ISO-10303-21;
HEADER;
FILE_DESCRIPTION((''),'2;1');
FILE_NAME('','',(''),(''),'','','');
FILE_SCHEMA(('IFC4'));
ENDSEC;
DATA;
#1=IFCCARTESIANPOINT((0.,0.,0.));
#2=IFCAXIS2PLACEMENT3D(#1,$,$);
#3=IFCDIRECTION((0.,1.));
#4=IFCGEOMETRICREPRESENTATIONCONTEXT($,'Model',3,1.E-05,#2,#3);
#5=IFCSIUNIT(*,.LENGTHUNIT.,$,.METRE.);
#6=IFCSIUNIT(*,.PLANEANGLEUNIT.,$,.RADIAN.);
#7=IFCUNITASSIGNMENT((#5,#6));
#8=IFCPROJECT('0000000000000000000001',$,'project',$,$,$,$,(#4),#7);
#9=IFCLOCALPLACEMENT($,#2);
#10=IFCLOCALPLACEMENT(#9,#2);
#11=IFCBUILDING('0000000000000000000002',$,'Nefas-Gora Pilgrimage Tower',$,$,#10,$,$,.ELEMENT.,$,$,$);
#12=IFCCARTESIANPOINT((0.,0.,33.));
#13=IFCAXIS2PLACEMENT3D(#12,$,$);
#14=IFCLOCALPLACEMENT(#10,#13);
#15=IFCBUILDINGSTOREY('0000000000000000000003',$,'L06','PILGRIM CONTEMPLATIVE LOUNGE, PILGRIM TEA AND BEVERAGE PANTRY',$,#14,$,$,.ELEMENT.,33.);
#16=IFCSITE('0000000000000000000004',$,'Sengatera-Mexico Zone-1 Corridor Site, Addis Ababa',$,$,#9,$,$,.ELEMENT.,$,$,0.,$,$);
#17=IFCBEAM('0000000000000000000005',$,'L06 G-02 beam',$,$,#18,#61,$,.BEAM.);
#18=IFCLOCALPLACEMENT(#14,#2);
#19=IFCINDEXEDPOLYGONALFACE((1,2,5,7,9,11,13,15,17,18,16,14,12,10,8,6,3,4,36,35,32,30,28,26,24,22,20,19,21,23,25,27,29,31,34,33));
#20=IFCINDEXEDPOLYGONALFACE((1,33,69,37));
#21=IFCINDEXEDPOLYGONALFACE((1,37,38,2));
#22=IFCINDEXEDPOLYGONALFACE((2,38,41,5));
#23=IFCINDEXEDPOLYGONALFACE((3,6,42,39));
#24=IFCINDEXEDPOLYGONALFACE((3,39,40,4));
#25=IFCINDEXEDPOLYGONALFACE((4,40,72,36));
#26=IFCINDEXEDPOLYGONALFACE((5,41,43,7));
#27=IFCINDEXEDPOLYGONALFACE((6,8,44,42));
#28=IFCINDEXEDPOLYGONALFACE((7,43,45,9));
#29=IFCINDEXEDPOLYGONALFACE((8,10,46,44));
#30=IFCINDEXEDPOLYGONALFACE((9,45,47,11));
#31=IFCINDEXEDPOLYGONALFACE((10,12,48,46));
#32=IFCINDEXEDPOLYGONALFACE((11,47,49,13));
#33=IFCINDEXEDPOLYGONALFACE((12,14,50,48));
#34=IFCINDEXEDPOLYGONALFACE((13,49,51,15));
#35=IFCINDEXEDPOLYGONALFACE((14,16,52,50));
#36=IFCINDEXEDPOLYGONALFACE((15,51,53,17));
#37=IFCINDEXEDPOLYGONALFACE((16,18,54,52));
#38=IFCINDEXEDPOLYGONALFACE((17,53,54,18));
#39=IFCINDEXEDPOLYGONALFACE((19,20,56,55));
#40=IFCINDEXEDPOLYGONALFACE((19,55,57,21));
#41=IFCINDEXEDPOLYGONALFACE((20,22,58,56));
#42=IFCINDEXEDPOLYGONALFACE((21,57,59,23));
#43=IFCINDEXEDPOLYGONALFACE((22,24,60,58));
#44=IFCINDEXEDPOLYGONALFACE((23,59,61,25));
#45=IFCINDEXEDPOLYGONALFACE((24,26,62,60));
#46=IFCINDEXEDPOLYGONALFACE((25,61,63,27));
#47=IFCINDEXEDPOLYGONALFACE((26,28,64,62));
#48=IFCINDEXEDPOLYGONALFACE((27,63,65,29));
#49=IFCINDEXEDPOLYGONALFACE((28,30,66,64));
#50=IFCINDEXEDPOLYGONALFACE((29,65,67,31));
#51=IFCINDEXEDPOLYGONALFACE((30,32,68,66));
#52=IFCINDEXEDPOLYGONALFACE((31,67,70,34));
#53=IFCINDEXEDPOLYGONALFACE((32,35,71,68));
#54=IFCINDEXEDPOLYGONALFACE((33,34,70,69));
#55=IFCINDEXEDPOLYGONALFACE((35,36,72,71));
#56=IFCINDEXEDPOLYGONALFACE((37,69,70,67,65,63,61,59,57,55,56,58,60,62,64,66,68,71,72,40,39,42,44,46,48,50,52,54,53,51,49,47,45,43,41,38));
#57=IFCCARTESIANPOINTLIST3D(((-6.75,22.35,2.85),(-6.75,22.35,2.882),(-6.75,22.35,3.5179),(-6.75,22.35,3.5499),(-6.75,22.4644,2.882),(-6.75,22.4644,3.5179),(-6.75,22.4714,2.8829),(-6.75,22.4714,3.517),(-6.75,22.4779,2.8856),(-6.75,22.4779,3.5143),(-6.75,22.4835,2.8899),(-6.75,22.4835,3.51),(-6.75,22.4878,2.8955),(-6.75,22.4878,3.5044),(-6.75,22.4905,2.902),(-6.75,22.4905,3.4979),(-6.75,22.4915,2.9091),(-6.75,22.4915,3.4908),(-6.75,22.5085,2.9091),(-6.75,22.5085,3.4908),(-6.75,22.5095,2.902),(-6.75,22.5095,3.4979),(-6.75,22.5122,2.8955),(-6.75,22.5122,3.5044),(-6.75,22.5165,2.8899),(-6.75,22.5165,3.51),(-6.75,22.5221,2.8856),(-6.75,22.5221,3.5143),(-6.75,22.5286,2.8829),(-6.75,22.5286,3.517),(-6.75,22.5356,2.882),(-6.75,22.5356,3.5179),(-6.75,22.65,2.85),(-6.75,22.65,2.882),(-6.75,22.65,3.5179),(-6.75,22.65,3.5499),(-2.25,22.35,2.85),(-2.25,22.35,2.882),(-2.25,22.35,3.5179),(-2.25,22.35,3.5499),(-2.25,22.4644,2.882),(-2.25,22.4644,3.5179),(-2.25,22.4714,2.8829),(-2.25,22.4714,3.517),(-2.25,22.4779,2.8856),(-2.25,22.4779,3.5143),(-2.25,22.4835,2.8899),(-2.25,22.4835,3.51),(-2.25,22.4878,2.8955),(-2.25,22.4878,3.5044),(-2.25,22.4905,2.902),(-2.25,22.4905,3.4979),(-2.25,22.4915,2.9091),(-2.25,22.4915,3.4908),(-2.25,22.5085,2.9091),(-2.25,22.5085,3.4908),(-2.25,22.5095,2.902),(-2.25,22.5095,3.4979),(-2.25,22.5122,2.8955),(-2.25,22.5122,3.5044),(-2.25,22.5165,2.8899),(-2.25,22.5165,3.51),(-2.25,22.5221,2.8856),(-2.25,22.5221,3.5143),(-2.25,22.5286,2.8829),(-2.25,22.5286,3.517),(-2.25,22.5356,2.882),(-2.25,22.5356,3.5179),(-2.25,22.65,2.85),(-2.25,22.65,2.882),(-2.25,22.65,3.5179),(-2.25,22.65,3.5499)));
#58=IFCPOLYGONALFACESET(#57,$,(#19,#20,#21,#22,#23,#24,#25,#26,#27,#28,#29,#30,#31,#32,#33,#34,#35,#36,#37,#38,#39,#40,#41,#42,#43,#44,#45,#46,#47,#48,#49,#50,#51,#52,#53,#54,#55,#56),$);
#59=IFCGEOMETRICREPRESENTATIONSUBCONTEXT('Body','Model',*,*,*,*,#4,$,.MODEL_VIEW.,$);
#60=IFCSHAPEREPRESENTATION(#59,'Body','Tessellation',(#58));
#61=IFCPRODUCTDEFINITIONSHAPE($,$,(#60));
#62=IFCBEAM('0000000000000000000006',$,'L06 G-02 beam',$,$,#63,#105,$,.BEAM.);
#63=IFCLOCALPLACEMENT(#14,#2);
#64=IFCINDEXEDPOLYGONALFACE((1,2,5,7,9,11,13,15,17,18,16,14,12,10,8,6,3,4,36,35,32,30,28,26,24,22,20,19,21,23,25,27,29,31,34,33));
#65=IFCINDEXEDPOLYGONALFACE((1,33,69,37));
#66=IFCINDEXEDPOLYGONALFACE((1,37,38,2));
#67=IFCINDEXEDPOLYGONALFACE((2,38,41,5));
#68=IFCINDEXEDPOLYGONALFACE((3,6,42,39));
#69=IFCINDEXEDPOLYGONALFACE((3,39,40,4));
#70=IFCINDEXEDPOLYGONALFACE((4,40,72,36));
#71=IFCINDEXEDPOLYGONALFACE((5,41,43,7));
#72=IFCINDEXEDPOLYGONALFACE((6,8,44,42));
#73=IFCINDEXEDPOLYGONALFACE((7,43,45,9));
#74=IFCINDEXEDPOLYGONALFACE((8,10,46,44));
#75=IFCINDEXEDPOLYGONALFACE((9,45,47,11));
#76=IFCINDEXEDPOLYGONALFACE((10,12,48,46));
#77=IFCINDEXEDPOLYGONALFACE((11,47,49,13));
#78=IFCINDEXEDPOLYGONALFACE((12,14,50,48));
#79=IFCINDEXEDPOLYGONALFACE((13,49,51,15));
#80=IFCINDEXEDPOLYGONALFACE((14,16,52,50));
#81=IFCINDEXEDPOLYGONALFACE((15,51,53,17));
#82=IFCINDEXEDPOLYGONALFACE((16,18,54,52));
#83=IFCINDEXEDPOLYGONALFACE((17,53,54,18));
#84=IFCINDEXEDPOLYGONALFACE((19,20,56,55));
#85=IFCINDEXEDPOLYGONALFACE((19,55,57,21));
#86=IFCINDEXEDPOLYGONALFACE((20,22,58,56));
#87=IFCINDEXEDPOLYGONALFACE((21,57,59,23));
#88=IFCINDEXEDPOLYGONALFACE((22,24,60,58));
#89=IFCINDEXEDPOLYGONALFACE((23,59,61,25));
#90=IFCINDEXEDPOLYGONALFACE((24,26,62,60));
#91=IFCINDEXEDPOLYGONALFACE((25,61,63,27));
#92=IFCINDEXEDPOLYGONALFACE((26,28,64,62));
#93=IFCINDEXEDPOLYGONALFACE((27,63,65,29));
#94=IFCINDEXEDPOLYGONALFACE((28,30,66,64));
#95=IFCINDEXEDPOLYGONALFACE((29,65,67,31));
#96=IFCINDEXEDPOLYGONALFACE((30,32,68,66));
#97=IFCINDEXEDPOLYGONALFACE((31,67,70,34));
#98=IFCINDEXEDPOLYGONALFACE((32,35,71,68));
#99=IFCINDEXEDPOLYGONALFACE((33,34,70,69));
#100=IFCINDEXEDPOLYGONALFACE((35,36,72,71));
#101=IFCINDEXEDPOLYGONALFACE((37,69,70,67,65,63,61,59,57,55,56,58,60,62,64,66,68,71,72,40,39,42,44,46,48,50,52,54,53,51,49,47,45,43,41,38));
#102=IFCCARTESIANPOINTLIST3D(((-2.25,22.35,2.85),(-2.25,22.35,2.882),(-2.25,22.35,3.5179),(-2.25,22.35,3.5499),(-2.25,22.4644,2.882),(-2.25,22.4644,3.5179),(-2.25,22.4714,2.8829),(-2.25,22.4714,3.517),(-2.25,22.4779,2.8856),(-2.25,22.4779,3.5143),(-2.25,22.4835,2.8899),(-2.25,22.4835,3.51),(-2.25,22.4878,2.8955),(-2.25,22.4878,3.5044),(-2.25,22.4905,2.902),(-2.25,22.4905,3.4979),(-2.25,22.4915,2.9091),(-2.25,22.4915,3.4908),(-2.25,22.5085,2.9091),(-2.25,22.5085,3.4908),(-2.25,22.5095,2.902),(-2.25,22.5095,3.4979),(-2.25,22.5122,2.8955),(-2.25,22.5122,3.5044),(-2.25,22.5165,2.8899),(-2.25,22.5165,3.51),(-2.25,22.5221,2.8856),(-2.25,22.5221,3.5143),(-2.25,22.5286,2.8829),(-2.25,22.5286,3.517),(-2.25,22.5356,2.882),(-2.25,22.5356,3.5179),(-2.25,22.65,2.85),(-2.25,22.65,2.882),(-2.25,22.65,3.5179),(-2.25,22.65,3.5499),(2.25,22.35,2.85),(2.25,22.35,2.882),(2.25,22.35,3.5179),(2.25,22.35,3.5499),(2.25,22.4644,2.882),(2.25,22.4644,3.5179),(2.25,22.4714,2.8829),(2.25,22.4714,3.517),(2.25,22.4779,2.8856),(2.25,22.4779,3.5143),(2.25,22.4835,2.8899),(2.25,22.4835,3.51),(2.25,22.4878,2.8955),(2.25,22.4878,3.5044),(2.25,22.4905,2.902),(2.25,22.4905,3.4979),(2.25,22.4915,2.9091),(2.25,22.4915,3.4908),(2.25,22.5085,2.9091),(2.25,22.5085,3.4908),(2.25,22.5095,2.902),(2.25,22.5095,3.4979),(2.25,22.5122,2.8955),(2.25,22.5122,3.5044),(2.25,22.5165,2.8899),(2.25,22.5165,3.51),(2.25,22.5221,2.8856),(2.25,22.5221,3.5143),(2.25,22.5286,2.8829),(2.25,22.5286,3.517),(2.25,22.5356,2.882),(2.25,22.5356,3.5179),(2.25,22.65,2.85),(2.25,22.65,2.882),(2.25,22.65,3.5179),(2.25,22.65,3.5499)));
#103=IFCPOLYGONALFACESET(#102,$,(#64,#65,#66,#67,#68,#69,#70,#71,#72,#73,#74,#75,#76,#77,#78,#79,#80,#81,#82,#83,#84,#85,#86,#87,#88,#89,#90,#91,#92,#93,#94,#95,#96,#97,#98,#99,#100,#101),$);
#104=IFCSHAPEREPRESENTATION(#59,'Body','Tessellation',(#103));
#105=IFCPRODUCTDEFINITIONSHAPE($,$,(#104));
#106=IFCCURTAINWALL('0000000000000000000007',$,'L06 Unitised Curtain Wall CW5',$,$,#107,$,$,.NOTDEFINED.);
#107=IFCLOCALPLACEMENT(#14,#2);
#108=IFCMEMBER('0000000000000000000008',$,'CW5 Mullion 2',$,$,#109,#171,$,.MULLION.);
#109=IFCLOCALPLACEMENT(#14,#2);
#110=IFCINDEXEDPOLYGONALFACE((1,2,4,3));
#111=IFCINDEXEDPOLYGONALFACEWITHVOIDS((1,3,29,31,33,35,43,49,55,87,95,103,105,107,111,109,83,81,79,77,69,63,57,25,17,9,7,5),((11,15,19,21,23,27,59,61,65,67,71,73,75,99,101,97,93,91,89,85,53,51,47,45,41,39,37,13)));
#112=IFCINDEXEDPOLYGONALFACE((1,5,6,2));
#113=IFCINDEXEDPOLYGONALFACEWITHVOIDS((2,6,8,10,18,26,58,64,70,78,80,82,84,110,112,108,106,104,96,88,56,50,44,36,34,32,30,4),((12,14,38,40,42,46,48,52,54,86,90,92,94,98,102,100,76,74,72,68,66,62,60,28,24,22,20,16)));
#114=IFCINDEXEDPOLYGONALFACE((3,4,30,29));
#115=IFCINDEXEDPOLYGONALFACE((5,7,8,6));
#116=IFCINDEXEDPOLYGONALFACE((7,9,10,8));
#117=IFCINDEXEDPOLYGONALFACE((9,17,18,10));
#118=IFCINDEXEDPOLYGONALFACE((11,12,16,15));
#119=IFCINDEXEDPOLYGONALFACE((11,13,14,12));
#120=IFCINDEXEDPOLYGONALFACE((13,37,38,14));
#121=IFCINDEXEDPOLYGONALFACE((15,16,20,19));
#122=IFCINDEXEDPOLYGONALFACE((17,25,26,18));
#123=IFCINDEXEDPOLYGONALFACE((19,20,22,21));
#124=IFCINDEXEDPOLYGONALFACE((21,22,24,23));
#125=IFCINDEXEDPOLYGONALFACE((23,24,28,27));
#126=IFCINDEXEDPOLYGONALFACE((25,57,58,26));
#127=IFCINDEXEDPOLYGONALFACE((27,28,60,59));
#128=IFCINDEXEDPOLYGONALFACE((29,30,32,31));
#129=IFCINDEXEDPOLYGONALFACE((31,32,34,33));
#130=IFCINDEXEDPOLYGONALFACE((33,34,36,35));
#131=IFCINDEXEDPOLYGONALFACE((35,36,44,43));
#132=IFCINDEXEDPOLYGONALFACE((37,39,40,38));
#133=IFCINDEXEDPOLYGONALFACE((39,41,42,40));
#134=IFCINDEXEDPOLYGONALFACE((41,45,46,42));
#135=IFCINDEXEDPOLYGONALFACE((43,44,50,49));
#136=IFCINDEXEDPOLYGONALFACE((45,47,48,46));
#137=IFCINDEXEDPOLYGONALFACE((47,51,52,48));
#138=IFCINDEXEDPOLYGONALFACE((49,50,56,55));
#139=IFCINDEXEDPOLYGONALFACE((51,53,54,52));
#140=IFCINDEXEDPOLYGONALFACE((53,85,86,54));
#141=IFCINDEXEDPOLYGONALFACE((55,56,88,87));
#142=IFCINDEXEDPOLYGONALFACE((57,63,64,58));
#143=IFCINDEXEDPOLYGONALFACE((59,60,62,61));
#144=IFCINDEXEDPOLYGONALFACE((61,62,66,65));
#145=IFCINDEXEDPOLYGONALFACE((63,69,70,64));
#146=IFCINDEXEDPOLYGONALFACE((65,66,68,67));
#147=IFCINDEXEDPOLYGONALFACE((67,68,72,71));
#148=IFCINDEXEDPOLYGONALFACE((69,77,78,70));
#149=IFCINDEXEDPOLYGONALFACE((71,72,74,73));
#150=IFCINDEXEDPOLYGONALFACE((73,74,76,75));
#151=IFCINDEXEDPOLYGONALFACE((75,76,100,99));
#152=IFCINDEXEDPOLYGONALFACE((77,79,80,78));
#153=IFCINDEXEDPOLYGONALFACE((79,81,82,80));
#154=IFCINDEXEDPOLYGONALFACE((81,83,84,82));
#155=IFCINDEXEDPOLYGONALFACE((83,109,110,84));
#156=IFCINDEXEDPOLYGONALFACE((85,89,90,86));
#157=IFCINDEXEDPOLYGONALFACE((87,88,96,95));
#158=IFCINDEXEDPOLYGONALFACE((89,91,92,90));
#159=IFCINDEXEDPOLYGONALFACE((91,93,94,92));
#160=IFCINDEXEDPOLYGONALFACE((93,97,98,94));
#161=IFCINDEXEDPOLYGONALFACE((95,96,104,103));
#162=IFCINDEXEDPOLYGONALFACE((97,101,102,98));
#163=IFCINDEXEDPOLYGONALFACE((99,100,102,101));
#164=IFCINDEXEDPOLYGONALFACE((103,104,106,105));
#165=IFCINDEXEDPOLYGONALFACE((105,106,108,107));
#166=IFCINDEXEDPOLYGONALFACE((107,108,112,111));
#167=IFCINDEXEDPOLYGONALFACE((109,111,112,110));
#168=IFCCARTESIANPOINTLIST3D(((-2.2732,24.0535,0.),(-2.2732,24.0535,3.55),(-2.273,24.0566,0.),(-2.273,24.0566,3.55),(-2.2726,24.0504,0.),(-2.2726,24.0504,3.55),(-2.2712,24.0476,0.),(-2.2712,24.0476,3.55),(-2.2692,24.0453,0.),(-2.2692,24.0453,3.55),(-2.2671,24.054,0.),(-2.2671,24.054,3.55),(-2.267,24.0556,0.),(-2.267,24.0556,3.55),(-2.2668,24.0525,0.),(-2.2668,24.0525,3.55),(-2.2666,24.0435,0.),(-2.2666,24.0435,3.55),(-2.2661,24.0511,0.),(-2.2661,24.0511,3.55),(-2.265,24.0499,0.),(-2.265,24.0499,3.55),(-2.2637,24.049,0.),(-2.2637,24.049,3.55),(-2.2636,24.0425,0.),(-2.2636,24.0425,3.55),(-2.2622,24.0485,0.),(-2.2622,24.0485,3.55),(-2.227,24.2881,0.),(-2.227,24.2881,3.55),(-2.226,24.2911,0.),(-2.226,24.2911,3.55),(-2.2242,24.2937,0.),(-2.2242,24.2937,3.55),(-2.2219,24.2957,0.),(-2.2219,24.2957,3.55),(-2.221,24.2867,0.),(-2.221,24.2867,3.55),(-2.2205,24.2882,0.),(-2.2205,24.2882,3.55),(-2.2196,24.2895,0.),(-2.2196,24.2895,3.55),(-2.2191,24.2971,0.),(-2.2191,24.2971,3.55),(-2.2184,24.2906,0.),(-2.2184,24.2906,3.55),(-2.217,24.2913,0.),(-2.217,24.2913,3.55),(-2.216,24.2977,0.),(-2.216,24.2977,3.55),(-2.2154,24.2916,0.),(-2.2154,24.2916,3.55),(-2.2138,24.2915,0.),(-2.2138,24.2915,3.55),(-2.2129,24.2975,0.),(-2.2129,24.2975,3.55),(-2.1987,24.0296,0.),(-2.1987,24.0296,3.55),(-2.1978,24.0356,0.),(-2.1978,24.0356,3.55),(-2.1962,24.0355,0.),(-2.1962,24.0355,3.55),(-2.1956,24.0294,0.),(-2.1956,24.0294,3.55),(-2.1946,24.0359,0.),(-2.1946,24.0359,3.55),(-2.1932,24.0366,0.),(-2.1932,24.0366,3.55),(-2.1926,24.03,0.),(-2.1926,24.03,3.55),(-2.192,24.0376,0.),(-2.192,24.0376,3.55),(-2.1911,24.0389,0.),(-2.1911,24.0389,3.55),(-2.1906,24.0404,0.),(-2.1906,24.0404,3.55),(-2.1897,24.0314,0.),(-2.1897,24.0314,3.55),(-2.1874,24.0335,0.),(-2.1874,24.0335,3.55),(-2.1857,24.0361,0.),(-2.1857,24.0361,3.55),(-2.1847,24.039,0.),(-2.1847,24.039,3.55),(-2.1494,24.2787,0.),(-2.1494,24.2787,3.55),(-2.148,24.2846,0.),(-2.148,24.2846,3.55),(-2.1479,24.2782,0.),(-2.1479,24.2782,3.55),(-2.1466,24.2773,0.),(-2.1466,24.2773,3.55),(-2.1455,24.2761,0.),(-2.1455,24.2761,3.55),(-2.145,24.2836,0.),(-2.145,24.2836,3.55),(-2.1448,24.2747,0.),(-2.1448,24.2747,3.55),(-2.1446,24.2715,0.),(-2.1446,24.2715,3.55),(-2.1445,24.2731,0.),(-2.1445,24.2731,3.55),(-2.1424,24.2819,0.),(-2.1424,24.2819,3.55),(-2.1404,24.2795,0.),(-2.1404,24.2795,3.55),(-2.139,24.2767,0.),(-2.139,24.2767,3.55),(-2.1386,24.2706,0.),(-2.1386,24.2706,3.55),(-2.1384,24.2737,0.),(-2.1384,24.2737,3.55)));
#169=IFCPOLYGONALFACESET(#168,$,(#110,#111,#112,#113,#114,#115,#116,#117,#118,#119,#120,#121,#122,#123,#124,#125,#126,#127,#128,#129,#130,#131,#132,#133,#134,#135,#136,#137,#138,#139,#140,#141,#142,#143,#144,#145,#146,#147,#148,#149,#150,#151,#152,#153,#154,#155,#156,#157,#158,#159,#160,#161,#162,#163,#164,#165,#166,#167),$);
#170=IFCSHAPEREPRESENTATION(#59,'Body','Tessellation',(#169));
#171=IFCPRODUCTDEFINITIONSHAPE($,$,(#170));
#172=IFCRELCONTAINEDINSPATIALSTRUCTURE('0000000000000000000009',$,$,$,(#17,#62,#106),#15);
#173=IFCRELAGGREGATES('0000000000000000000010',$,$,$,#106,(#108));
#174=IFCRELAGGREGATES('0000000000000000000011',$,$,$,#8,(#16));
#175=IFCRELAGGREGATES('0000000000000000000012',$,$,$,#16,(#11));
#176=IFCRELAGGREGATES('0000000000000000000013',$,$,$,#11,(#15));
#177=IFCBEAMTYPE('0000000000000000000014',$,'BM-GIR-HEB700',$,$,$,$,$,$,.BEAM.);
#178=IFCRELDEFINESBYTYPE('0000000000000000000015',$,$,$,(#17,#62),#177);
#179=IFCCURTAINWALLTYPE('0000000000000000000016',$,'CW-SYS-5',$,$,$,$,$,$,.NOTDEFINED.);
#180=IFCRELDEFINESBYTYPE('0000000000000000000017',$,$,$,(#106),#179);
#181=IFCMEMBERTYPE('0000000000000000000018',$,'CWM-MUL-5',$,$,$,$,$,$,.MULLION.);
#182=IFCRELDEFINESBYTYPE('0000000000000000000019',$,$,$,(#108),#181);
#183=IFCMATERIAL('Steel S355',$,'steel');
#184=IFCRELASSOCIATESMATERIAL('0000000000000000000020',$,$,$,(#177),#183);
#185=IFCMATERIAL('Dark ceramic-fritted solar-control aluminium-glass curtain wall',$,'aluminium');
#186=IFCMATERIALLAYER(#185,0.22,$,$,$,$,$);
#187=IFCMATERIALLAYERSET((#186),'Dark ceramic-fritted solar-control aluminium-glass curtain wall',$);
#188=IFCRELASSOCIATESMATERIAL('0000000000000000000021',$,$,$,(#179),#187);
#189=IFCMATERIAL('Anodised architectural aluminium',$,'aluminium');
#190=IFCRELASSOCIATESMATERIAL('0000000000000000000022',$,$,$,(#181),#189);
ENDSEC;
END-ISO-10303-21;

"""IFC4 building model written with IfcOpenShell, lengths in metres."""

from ifc_helpers import new_model, si_unit, direction, frame, origin, origin_2d, place, context, subcontext, project, spatial, hollow_rectangle, i_section, extrude, source, transform, mapped, material, layer, layer_set, material_profile, profile_set, type_object, element, aggregate, save


model = new_model("IFC4")

# Units and contexts
model_context = context("Model", 3, precision=1e-05, world=origin(), true_north=direction((0.0, 1.0)))
body_context = subcontext(model_context, "Body", "Model", "MODEL_VIEW")
ifc_project = project(units=[si_unit("LENGTHUNIT", "METRE"), si_unit("PLANEANGLEUNIT", "RADIAN")], contexts=[model_context])

# Site, building, storey
site_placement = place(None, origin())
site = spatial("IfcSite", under=ifc_project, at=site_placement, Name="Sengatera-Mexico Zone-1 Corridor Site, Addis Ababa", CompositionType="ELEMENT", RefElevation=0.0)
building_placement = place(site_placement, origin())
building = spatial("IfcBuilding", under=site, at=building_placement, Name="Nefas-Gora Pilgrimage Tower", CompositionType="ELEMENT")
storey_placement = place(building_placement, frame((0.0, 0.0, 33.0)))
storey = spatial("IfcBuildingStorey", under=building, at=storey_placement, Name="L06", Description="PILGRIM CONTEMPLATIVE LOUNGE, PILGRIM TEA AND BEVERAGE PANTRY", CompositionType="ELEMENT", Elevation=33.0)

# Beams
ifc_material_1 = material(Name="Steel S355", Category="steel")
ifc_material_profile_1 = material_profile(ifc_material_1, i_section(OverallWidth=0.3, OverallDepth=0.7, WebThickness=0.0171, FlangeThickness=0.032, FilletRadius=0.0271, at=origin_2d()), Name="HEB 700")
ifc_profile_set_1 = profile_set([ifc_material_profile_1], Name="Steel S355")
beam_type = type_object("IfcBeamType", Name="BM-GIR-HEB700", PredefinedType="BEAM", material=ifc_profile_set_1)
shared_shape_1 = source(origin(), body_context, "Body", "SweptSolid", [
    extrude(i_section(OverallWidth=0.3, OverallDepth=0.7, WebThickness=0.0171, FlangeThickness=0.032, FilletRadius=0.0271, at=origin_2d()), origin(), (0.0, 0.0, 1.0), 4.5),
])
for number, where, z_axis, x_axis, name in (
    (1, (-6.75, 22.5, 3.2), (1.0, 0.0, 0.0), (0.0, 1.0, 0.0), "L06 G-02 beam"),
    (2, (-2.25, 22.5, 3.2), (1.0, 0.0, 0.0), (0.0, 1.0, 0.0), "L06 G-02 beam"),
):
    element("IfcBeam", number, at=place(storey_placement, frame(where, z_axis=z_axis, x_axis=x_axis)), inside=storey, type_object=beam_type, Name=name, PredefinedType="BEAM", context=body_context, shape_type="MappedRepresentation", body=[
        mapped(shared_shape_1, transform((0.0, 0.0, 0.0), x_axis=(1.0, 0.0, 0.0), y_axis=(0.0, 1.0, 0.0), z_axis=(0.0, 0.0, 1.0), scale=1.0)),
    ])

# Curtain wall, member
ifc_material_2 = material(Name="Dark ceramic-fritted solar-control aluminium-glass curtain wall", Category="aluminium")
ifc_layer_1 = layer(ifc_material_2, 0.22)
ifc_layer_set_1 = layer_set([ifc_layer_1], Name="Dark ceramic-fritted solar-control aluminium-glass curtain wall")
curtain_wall_type = type_object("IfcCurtainWallType", Name="CW-SYS-5", PredefinedType="NOTDEFINED", material=ifc_layer_set_1)
curtain_wall_1_placement = place(storey_placement, origin())
curtain_wall_1 = element("IfcCurtainWall", 3, at=curtain_wall_1_placement, inside=storey, type_object=curtain_wall_type, Name="L06 Unitised Curtain Wall CW5", PredefinedType="NOTDEFINED")
ifc_material_3 = material(Name="Anodised architectural aluminium", Category="aluminium")
ifc_material_profile_2 = material_profile(ifc_material_3, hollow_rectangle(XDim=0.0901, YDim=0.26, WallThickness=0.0061, InnerFilletRadius=0.0061, OuterFilletRadius=0.012, at=origin_2d()), Name="ALU MULLION 90x260")
ifc_profile_set_2 = profile_set([ifc_material_profile_2], Name="Anodised architectural aluminium")
member_type_1 = type_object("IfcMemberType", Name="CWM-MUL-5", PredefinedType="MULLION", material=ifc_profile_set_2)
shared_shape_2 = source(origin(), body_context, "Body", "SweptSolid", [
    extrude(hollow_rectangle(XDim=0.0901, YDim=0.26, WallThickness=0.0061, InnerFilletRadius=0.0061, OuterFilletRadius=0.012, at=origin_2d()), origin(), (0.0, 0.0, 1.0), 3.55),
])
member_1_placement = place(storey_placement, frame((-2.2058, 24.1636, 0.0), z_axis=(0.0, 0.0, 1.0), x_axis=(-0.980783, 0.195102, 0.0)))
member_1 = element("IfcMember", 4, at=member_1_placement, type_object=member_type_1, Name="CW5 Mullion 2", PredefinedType="MULLION", context=body_context, shape_type="MappedRepresentation", body=[
    mapped(shared_shape_2, transform((0.0, 0.0, 0.0), x_axis=(1.0, 0.0, 0.0), y_axis=(0.0, 1.0, 0.0), z_axis=(0.0, 0.0, 1.0), scale=1.0)),
])

aggregate(curtain_wall_1, [member_1])

save(model, "model.ifc")
